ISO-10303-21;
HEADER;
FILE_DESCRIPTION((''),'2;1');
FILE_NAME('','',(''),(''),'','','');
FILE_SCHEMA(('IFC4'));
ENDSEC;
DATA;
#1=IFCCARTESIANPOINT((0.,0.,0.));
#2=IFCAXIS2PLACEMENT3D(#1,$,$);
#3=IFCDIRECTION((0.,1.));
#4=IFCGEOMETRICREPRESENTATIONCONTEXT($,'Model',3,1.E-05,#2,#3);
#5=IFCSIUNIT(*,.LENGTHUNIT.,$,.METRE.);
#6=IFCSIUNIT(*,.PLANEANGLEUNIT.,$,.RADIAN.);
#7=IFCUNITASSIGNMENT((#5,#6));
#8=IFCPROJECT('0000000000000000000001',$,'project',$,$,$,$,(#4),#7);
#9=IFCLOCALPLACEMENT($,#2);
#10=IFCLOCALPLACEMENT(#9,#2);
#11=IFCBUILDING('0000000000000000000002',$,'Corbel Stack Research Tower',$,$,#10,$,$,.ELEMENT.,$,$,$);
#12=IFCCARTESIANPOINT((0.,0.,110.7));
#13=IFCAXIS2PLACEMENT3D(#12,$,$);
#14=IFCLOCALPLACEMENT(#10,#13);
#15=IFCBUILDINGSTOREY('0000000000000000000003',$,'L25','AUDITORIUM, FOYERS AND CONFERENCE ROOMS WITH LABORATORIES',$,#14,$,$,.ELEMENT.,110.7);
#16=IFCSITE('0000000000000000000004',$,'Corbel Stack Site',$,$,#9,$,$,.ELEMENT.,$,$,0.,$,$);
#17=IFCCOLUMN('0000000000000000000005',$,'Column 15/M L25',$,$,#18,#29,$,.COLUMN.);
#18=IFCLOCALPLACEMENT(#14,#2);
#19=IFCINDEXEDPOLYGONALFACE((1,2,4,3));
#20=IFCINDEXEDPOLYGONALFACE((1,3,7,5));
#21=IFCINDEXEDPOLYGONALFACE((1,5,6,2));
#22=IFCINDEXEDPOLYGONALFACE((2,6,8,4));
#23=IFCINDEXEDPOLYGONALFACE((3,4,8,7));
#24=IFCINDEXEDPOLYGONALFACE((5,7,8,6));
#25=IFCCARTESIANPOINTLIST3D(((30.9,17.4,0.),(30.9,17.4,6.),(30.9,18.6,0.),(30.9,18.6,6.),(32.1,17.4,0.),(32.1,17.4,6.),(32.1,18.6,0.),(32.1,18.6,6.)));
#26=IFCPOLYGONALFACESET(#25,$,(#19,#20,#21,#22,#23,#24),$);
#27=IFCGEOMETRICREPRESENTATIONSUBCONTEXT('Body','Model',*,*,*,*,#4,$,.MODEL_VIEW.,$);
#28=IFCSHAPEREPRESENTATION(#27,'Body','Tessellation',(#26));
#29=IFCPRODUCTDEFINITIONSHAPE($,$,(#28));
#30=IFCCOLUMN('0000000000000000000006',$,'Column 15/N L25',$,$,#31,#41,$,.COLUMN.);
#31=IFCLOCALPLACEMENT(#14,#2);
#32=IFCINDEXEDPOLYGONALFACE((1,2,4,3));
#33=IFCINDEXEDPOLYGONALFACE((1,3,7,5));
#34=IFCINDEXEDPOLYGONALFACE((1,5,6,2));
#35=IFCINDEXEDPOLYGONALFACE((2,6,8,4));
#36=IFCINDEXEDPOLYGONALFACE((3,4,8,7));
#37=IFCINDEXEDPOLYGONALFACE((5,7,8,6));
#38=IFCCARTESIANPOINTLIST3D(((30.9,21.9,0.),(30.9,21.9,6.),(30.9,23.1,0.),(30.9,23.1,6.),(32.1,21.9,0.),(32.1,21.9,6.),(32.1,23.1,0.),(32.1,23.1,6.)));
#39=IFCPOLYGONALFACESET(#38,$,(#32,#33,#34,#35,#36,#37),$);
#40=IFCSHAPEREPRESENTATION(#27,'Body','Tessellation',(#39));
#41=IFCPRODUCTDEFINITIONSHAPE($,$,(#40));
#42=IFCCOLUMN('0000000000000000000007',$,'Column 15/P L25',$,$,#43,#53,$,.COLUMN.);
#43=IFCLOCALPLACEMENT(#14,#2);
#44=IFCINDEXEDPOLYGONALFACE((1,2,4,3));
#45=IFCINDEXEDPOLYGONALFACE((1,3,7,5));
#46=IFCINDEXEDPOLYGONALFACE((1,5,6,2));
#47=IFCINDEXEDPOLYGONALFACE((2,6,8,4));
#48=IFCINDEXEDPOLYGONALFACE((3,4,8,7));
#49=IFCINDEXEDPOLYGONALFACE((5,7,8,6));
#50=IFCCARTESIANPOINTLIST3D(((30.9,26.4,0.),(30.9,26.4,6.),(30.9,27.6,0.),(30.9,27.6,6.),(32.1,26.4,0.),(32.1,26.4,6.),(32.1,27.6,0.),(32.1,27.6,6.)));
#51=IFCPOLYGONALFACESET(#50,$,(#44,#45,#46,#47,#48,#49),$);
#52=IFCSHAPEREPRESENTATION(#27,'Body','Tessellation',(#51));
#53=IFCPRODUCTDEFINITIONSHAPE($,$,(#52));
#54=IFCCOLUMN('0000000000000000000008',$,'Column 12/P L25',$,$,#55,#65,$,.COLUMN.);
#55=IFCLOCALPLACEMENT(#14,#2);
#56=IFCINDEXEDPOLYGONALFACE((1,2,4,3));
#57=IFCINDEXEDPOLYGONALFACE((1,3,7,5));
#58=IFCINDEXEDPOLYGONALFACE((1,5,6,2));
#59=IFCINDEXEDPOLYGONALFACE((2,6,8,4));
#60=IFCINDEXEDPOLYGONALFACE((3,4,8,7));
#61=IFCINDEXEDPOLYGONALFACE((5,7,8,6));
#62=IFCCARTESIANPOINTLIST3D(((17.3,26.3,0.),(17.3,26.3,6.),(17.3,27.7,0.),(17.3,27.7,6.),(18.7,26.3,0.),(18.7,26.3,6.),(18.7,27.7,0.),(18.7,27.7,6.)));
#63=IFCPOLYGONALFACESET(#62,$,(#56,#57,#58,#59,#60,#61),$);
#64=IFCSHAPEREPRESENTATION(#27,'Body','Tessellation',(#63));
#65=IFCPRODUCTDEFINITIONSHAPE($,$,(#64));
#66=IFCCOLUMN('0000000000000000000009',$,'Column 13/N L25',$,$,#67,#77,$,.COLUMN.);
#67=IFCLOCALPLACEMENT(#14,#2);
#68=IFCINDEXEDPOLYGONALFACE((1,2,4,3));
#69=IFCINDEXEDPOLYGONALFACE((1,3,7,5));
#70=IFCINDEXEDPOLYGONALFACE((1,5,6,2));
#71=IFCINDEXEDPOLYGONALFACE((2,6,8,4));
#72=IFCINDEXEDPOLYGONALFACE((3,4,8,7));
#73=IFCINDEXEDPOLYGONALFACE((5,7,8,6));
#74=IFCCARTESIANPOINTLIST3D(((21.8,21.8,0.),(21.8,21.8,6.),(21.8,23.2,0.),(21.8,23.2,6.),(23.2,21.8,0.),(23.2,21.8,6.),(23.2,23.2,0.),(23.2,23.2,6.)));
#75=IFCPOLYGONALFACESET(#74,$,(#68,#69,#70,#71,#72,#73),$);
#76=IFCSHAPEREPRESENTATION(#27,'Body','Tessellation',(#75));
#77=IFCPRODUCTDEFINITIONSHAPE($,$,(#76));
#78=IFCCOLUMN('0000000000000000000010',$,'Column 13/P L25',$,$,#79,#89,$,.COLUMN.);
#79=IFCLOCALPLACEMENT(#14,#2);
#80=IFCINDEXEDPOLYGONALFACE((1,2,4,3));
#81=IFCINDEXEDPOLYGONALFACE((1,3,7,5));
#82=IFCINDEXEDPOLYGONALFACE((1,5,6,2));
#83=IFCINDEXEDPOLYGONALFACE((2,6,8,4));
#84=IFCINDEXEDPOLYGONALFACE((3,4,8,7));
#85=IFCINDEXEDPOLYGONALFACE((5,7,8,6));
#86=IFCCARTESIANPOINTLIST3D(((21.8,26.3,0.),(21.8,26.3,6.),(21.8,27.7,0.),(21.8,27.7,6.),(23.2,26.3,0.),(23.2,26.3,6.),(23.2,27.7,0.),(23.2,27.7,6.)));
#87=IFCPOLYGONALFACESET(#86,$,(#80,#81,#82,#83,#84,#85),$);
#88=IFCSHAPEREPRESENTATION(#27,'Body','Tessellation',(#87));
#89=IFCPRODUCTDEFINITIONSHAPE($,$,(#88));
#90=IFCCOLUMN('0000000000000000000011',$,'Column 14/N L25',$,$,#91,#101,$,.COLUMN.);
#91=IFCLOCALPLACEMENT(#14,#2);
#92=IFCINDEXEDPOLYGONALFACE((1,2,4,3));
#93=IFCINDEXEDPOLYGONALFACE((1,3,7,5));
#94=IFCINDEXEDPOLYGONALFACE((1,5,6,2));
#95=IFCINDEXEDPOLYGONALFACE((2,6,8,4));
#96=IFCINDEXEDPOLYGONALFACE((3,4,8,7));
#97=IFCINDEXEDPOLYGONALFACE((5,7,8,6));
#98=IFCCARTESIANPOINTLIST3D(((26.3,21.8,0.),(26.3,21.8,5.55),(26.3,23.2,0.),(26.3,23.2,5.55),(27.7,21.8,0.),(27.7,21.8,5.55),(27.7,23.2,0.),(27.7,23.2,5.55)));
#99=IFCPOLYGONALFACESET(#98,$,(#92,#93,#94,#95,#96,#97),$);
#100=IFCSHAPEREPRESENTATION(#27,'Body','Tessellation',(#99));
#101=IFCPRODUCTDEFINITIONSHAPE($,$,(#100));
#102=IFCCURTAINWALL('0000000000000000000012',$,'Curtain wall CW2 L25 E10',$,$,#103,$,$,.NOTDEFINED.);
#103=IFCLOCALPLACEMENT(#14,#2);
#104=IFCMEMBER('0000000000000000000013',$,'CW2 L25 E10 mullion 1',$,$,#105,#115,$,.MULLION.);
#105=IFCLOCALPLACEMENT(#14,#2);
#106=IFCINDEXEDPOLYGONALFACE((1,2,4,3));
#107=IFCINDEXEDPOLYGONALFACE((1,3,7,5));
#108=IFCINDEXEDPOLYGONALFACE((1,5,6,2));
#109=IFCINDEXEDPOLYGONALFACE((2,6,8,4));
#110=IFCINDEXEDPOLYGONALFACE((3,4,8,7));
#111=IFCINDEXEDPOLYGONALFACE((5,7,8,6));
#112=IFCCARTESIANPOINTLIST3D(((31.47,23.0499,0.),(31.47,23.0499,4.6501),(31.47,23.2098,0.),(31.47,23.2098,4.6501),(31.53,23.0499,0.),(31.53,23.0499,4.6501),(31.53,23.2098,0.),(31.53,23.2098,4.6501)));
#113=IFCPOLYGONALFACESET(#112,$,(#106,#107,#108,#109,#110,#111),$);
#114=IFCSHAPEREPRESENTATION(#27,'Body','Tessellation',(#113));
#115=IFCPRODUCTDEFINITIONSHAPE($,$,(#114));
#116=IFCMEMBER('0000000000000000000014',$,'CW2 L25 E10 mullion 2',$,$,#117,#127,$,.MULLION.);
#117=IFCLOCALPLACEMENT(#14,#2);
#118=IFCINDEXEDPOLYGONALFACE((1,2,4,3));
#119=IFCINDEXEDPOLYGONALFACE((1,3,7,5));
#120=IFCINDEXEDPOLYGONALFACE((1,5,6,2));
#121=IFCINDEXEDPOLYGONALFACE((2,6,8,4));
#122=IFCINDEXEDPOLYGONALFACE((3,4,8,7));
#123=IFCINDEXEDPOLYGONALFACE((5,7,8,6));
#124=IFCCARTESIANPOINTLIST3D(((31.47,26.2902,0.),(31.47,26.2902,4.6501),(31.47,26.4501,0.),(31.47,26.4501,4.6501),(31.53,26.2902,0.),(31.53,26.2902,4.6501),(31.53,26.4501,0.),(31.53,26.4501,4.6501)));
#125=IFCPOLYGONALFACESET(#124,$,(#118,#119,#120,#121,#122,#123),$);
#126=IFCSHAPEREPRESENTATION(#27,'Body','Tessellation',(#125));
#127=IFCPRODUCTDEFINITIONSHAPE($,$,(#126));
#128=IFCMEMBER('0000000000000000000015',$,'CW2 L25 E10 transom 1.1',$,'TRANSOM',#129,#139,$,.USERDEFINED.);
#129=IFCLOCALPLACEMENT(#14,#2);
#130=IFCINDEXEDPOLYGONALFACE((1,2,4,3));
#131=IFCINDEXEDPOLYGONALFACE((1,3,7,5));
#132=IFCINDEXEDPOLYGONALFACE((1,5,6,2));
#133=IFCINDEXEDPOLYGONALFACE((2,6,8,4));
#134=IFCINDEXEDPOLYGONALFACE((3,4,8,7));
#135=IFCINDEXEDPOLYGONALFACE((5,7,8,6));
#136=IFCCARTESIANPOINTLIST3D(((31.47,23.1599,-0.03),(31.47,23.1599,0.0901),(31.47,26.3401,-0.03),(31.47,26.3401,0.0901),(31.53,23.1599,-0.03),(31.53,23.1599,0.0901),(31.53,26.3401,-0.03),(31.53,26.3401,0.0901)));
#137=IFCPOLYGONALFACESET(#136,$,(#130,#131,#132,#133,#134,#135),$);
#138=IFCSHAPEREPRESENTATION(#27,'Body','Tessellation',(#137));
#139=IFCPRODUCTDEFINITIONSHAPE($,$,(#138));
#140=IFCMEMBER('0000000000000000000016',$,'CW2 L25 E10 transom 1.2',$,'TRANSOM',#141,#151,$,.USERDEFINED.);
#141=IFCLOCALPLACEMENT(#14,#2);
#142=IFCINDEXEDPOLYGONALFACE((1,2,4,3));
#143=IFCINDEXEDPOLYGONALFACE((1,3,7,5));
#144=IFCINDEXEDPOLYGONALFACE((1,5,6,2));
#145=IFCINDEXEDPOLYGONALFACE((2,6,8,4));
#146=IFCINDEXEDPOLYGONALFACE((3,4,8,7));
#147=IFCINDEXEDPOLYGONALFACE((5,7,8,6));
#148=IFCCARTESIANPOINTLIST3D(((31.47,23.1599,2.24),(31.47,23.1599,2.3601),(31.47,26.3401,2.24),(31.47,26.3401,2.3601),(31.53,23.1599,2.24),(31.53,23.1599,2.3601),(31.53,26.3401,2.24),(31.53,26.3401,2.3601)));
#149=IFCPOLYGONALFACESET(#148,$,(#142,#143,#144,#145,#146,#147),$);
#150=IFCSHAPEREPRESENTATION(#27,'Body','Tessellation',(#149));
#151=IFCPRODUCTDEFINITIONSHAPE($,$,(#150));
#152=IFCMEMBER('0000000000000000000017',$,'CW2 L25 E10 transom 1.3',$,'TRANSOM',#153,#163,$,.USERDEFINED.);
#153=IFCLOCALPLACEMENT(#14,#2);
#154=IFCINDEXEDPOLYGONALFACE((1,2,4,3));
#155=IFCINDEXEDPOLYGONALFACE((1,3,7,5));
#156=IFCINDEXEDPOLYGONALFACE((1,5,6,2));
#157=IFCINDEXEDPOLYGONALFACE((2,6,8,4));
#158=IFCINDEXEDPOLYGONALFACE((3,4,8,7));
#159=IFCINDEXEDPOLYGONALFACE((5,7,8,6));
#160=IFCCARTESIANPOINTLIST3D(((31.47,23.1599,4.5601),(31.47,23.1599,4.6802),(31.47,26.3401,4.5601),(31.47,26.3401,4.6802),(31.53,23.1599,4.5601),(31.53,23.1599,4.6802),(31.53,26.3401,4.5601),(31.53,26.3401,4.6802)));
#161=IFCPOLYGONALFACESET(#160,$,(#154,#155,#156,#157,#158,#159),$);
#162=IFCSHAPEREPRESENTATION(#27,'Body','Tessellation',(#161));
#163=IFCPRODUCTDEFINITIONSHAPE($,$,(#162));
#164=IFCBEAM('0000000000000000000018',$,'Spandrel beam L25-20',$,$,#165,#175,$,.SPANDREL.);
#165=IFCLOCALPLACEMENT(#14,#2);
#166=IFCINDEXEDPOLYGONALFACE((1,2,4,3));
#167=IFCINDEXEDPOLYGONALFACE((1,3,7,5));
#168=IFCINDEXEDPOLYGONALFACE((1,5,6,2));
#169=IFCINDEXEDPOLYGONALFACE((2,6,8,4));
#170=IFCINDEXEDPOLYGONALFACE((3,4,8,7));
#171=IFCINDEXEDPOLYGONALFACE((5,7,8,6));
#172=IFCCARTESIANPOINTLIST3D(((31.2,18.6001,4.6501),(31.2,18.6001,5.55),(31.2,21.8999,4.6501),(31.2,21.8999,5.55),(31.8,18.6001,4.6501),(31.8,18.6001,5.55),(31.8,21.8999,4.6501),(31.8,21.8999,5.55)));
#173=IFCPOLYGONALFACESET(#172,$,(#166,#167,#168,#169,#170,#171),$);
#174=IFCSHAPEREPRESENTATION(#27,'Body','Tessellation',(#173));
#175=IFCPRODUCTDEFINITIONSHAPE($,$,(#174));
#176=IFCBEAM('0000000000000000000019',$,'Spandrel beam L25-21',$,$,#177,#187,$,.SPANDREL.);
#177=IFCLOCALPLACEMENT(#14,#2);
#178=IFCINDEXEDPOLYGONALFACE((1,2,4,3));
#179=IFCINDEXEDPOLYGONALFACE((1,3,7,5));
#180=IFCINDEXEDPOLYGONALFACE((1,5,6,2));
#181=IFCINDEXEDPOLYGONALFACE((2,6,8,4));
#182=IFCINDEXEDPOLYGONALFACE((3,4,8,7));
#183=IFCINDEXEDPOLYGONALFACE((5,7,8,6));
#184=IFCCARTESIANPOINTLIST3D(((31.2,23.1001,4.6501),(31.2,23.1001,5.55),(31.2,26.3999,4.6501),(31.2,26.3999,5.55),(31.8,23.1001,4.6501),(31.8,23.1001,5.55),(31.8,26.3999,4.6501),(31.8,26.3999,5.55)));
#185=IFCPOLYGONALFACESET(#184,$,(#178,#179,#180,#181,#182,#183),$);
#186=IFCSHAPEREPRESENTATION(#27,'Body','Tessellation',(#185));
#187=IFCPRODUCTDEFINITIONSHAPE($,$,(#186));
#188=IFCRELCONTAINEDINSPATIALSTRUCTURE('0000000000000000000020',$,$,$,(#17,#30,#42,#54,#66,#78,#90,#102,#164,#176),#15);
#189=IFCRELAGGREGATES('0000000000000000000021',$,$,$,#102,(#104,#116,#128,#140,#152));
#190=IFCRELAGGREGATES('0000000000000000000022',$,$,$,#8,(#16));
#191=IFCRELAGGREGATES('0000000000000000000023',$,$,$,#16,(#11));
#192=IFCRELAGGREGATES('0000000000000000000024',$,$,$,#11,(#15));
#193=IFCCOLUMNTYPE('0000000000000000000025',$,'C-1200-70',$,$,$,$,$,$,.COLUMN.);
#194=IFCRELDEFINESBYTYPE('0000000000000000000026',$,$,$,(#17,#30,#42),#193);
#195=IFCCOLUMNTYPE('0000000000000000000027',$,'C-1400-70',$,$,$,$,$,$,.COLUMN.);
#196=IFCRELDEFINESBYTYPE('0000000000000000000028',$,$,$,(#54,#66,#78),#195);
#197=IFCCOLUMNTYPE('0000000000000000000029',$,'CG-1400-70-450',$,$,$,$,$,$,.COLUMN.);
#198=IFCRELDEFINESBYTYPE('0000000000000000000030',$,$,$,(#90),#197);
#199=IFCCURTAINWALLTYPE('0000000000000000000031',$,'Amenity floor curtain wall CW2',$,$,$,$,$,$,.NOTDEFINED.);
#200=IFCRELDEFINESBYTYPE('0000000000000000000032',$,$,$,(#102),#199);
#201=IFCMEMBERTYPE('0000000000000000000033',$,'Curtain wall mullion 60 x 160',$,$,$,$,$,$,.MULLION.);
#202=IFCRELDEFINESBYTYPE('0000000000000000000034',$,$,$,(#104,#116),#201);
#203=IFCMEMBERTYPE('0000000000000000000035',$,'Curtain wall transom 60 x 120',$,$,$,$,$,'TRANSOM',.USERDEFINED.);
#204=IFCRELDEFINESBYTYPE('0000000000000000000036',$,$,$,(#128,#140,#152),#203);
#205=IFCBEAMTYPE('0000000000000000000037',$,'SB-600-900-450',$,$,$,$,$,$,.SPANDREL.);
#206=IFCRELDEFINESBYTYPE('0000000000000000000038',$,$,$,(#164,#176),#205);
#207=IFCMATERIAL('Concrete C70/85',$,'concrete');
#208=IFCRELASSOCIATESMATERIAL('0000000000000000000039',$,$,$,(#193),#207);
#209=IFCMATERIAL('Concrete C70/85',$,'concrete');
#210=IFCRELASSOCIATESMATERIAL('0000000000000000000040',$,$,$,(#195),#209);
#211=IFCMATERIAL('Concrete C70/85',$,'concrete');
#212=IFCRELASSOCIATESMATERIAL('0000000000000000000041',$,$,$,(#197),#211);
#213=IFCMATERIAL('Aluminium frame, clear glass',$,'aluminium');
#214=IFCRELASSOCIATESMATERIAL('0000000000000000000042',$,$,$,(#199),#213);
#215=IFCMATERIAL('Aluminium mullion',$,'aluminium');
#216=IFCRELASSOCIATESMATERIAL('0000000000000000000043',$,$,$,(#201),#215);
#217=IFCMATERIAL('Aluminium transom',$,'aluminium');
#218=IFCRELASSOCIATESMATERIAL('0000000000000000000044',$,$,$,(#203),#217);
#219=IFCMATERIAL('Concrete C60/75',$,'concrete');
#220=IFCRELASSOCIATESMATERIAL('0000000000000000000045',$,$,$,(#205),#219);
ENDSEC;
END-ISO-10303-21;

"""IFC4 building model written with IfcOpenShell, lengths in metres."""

from ifc_helpers import new_model, si_unit, direction, frame, origin, origin_2d, place, context, subcontext, project, spatial, rectangle, extrude, material, material_profile, profile_set, type_object, element, aggregate, save


model = new_model("IFC4")

# Units and contexts
model_context = context("Model", 3, precision=1e-05, world=origin(), true_north=direction((0.0, 1.0)))
body_context = subcontext(model_context, "Body", "Model", "MODEL_VIEW")
ifc_project = project(units=[si_unit("LENGTHUNIT", "METRE"), si_unit("PLANEANGLEUNIT", "RADIAN")], contexts=[model_context])

# Site, building, storey
site_placement = place(None, origin())
site = spatial("IfcSite", under=ifc_project, at=site_placement, Name="Corbel Stack Site", CompositionType="ELEMENT", RefElevation=0.0)
building_placement = place(site_placement, origin())
building = spatial("IfcBuilding", under=site, at=building_placement, Name="Corbel Stack Research Tower", CompositionType="ELEMENT")
storey_placement = place(building_placement, frame((0.0, 0.0, 110.7)))
storey = spatial("IfcBuildingStorey", under=building, at=storey_placement, Name="L25", Description="AUDITORIUM, FOYERS AND CONFERENCE ROOMS WITH LABORATORIES", CompositionType="ELEMENT", Elevation=110.7)

# Columns
ifc_material_1 = material(Name="Concrete C70/85", Category="concrete")
ifc_material_profile_1 = material_profile(ifc_material_1, rectangle(XDim=1.2, YDim=1.2, at=origin_2d()), Name="RC 1200 x 1200")
ifc_profile_set_1 = profile_set([ifc_material_profile_1], Name="Concrete C70/85")
column_type_1 = type_object("IfcColumnType", Name="C-1200-70", PredefinedType="COLUMN", material=ifc_profile_set_1)
for number, where, z_axis, x_axis, name in (
    (1, (31.5, 18.0, 0.0), (0.0, 0.0, 1.0), (1.0, 0.0, 0.0), "Column 15/M L25"),
    (2, (31.5, 22.5, 0.0), (0.0, 0.0, 1.0), (1.0, 0.0, 0.0), "Column 15/N L25"),
    (3, (31.5, 27.0, 0.0), (0.0, 0.0, 1.0), (1.0, 0.0, 0.0), "Column 15/P L25"),
):
    element("IfcColumn", number, at=place(storey_placement, frame(where, z_axis=z_axis, x_axis=x_axis)), inside=storey, type_object=column_type_1, Name=name, PredefinedType="COLUMN", context=body_context, shape_type="SweptSolid", body=[
        extrude(rectangle(XDim=1.2, YDim=1.2, at=origin_2d()), origin(), (0.0, 0.0, 1.0), 6.0),
    ])
ifc_material_2 = material(Name="Concrete C70/85", Category="concrete")
ifc_material_profile_2 = material_profile(ifc_material_2, rectangle(XDim=1.3999, YDim=1.3999, at=origin_2d()), Name="RC 1400 x 1400")
ifc_profile_set_2 = profile_set([ifc_material_profile_2], Name="Concrete C70/85")
column_type_2 = type_object("IfcColumnType", Name="C-1400-70", PredefinedType="COLUMN", material=ifc_profile_set_2)
for number, where, z_axis, x_axis, name in (
    (4, (18.0, 27.0, 0.0), (0.0, 0.0, 1.0), (1.0, 0.0, 0.0), "Column 12/P L25"),
    (5, (22.5, 22.5, 0.0), (0.0, 0.0, 1.0), (1.0, 0.0, 0.0), "Column 13/N L25"),
    (6, (22.5, 27.0, 0.0), (0.0, 0.0, 1.0), (1.0, 0.0, 0.0), "Column 13/P L25"),
):
    element("IfcColumn", number, at=place(storey_placement, frame(where, z_axis=z_axis, x_axis=x_axis)), inside=storey, type_object=column_type_2, Name=name, PredefinedType="COLUMN", context=body_context, shape_type="SweptSolid", body=[
        extrude(rectangle(XDim=1.3999, YDim=1.3999, at=origin_2d()), origin(), (0.0, 0.0, 1.0), 6.0),
    ])
ifc_material_3 = material(Name="Concrete C70/85", Category="concrete")
ifc_material_profile_3 = material_profile(ifc_material_3, rectangle(XDim=1.3999, YDim=1.3999, at=origin_2d()), Name="RC 1400 x 1400")
ifc_profile_set_3 = profile_set([ifc_material_profile_3], Name="Concrete C70/85")
column_type_3 = type_object("IfcColumnType", Name="CG-1400-70-450", PredefinedType="COLUMN", material=ifc_profile_set_3)
column_placement = place(storey_placement, frame((27.0, 22.5, 0.0), z_axis=(0.0, 0.0, 1.0), x_axis=(1.0, 0.0, 0.0)))
element("IfcColumn", 7, at=column_placement, inside=storey, type_object=column_type_3, Name="Column 14/N L25", PredefinedType="COLUMN", context=body_context, shape_type="SweptSolid", body=[
    extrude(rectangle(XDim=1.3999, YDim=1.3999, at=origin_2d()), origin(), (0.0, 0.0, 1.0), 5.55),
])

# Curtain wall, members
ifc_material_4 = material(Name="Aluminium frame, clear glass", Category="aluminium")
curtain_wall_type = type_object("IfcCurtainWallType", Name="Amenity floor curtain wall CW2", PredefinedType="NOTDEFINED", material=ifc_material_4)
curtain_wall_placement = place(storey_placement, origin())
curtain_wall = element("IfcCurtainWall", 8, at=curtain_wall_placement, inside=storey, type_object=curtain_wall_type, Name="Curtain wall CW2 L25 E10", PredefinedType="NOTDEFINED")
ifc_material_5 = material(Name="Aluminium mullion", Category="aluminium")
ifc_material_profile_4 = material_profile(ifc_material_5, rectangle(XDim=0.0601, YDim=0.1599, at=origin_2d()), Name="Mullion 60 x 160")
ifc_profile_set_4 = profile_set([ifc_material_profile_4], Name="Aluminium mullion")
member_type_1 = type_object("IfcMemberType", Name="Curtain wall mullion 60 x 160", PredefinedType="MULLION", material=ifc_profile_set_4)
member_1_placement = place(storey_placement, frame((31.5, 23.1299, 0.0), z_axis=(0.0, 0.0, 1.0), x_axis=(-1.0, 0.0, 0.0)))
member_1 = element("IfcMember", 9, at=member_1_placement, type_object=member_type_1, Name="CW2 L25 E10 mullion 1", PredefinedType="MULLION", context=body_context, shape_type="SweptSolid", body=[
    extrude(rectangle(XDim=0.0601, YDim=0.1599, at=origin_2d()), origin(), (0.0, 0.0, 1.0), 4.6501),
])
member_2_placement = place(storey_placement, frame((31.5, 26.3701, 0.0), z_axis=(0.0, 0.0, 1.0), x_axis=(-1.0, 0.0, 0.0)))
member_2 = element("IfcMember", 10, at=member_2_placement, type_object=member_type_1, Name="CW2 L25 E10 mullion 2", PredefinedType="MULLION", context=body_context, shape_type="SweptSolid", body=[
    extrude(rectangle(XDim=0.0601, YDim=0.1599, at=origin_2d()), origin(), (0.0, 0.0, 1.0), 4.6501),
])
ifc_material_6 = material(Name="Aluminium transom", Category="aluminium")
ifc_material_profile_5 = material_profile(ifc_material_6, rectangle(XDim=0.0601, YDim=0.1201, at=origin_2d()), Name="Transom 60 x 120")
ifc_profile_set_5 = profile_set([ifc_material_profile_5], Name="Aluminium transom")
member_type_2 = type_object("IfcMemberType", Name="Curtain wall transom 60 x 120", ElementType="TRANSOM", PredefinedType="USERDEFINED", material=ifc_profile_set_5)
member_3_placement = place(storey_placement, frame((31.5, 23.1599, 0.03), z_axis=(0.0, 1.0, 0.0), x_axis=(-1.0, 0.0, 0.0)))
member_3 = element("IfcMember", 11, at=member_3_placement, type_object=member_type_2, Name="CW2 L25 E10 transom 1.1", ObjectType="TRANSOM", PredefinedType="USERDEFINED", context=body_context, shape_type="SweptSolid", body=[
    extrude(rectangle(XDim=0.0601, YDim=0.1201, at=origin_2d()), origin(), (0.0, 0.0, 1.0), 3.1802),
])
member_4_placement = place(storey_placement, frame((31.5, 23.1599, 2.3), z_axis=(0.0, 1.0, 0.0), x_axis=(-1.0, 0.0, 0.0)))
member_4 = element("IfcMember", 12, at=member_4_placement, type_object=member_type_2, Name="CW2 L25 E10 transom 1.2", ObjectType="TRANSOM", PredefinedType="USERDEFINED", context=body_context, shape_type="SweptSolid", body=[
    extrude(rectangle(XDim=0.0601, YDim=0.1201, at=origin_2d()), origin(), (0.0, 0.0, 1.0), 3.1802),
])
member_5_placement = place(storey_placement, frame((31.5, 23.1599, 4.6201), z_axis=(0.0, 1.0, 0.0), x_axis=(-1.0, 0.0, 0.0)))
member_5 = element("IfcMember", 13, at=member_5_placement, type_object=member_type_2, Name="CW2 L25 E10 transom 1.3", ObjectType="TRANSOM", PredefinedType="USERDEFINED", context=body_context, shape_type="SweptSolid", body=[
    extrude(rectangle(XDim=0.0601, YDim=0.1201, at=origin_2d()), origin(), (0.0, 0.0, 1.0), 3.1802),
])

# Beams
ifc_material_7 = material(Name="Concrete C60/75", Category="concrete")
ifc_material_profile_6 = material_profile(ifc_material_7, rectangle(XDim=0.6001, YDim=0.8999, at=origin_2d()), Name="RC 600 x 900")
ifc_profile_set_6 = profile_set([ifc_material_profile_6], Name="Concrete C60/75")
beam_type_1 = type_object("IfcBeamType", Name="SB-600-900-450", PredefinedType="SPANDREL", material=ifc_profile_set_6)
for number, where, z_axis, x_axis, name in (
    (14, (31.5, 18.6001, 5.1001), (0.0, 1.0, 0.0), (-1.0, 0.0, 0.0), "Spandrel beam L25-20"),
    (15, (31.5, 23.1001, 5.1001), (0.0, 1.0, 0.0), (-1.0, 0.0, 0.0), "Spandrel beam L25-21"),
):
    element("IfcBeam", number, at=place(storey_placement, frame(where, z_axis=z_axis, x_axis=x_axis)), inside=storey, type_object=beam_type_1, Name=name, PredefinedType="SPANDREL", context=body_context, shape_type="SweptSolid", body=[
        extrude(rectangle(XDim=0.6001, YDim=0.8999, at=origin_2d()), origin(), (0.0, 0.0, 1.0), 3.2998),
    ])

aggregate(curtain_wall, [member_1, member_2, member_3, member_4, member_5])

save(model, "model.ifc")
